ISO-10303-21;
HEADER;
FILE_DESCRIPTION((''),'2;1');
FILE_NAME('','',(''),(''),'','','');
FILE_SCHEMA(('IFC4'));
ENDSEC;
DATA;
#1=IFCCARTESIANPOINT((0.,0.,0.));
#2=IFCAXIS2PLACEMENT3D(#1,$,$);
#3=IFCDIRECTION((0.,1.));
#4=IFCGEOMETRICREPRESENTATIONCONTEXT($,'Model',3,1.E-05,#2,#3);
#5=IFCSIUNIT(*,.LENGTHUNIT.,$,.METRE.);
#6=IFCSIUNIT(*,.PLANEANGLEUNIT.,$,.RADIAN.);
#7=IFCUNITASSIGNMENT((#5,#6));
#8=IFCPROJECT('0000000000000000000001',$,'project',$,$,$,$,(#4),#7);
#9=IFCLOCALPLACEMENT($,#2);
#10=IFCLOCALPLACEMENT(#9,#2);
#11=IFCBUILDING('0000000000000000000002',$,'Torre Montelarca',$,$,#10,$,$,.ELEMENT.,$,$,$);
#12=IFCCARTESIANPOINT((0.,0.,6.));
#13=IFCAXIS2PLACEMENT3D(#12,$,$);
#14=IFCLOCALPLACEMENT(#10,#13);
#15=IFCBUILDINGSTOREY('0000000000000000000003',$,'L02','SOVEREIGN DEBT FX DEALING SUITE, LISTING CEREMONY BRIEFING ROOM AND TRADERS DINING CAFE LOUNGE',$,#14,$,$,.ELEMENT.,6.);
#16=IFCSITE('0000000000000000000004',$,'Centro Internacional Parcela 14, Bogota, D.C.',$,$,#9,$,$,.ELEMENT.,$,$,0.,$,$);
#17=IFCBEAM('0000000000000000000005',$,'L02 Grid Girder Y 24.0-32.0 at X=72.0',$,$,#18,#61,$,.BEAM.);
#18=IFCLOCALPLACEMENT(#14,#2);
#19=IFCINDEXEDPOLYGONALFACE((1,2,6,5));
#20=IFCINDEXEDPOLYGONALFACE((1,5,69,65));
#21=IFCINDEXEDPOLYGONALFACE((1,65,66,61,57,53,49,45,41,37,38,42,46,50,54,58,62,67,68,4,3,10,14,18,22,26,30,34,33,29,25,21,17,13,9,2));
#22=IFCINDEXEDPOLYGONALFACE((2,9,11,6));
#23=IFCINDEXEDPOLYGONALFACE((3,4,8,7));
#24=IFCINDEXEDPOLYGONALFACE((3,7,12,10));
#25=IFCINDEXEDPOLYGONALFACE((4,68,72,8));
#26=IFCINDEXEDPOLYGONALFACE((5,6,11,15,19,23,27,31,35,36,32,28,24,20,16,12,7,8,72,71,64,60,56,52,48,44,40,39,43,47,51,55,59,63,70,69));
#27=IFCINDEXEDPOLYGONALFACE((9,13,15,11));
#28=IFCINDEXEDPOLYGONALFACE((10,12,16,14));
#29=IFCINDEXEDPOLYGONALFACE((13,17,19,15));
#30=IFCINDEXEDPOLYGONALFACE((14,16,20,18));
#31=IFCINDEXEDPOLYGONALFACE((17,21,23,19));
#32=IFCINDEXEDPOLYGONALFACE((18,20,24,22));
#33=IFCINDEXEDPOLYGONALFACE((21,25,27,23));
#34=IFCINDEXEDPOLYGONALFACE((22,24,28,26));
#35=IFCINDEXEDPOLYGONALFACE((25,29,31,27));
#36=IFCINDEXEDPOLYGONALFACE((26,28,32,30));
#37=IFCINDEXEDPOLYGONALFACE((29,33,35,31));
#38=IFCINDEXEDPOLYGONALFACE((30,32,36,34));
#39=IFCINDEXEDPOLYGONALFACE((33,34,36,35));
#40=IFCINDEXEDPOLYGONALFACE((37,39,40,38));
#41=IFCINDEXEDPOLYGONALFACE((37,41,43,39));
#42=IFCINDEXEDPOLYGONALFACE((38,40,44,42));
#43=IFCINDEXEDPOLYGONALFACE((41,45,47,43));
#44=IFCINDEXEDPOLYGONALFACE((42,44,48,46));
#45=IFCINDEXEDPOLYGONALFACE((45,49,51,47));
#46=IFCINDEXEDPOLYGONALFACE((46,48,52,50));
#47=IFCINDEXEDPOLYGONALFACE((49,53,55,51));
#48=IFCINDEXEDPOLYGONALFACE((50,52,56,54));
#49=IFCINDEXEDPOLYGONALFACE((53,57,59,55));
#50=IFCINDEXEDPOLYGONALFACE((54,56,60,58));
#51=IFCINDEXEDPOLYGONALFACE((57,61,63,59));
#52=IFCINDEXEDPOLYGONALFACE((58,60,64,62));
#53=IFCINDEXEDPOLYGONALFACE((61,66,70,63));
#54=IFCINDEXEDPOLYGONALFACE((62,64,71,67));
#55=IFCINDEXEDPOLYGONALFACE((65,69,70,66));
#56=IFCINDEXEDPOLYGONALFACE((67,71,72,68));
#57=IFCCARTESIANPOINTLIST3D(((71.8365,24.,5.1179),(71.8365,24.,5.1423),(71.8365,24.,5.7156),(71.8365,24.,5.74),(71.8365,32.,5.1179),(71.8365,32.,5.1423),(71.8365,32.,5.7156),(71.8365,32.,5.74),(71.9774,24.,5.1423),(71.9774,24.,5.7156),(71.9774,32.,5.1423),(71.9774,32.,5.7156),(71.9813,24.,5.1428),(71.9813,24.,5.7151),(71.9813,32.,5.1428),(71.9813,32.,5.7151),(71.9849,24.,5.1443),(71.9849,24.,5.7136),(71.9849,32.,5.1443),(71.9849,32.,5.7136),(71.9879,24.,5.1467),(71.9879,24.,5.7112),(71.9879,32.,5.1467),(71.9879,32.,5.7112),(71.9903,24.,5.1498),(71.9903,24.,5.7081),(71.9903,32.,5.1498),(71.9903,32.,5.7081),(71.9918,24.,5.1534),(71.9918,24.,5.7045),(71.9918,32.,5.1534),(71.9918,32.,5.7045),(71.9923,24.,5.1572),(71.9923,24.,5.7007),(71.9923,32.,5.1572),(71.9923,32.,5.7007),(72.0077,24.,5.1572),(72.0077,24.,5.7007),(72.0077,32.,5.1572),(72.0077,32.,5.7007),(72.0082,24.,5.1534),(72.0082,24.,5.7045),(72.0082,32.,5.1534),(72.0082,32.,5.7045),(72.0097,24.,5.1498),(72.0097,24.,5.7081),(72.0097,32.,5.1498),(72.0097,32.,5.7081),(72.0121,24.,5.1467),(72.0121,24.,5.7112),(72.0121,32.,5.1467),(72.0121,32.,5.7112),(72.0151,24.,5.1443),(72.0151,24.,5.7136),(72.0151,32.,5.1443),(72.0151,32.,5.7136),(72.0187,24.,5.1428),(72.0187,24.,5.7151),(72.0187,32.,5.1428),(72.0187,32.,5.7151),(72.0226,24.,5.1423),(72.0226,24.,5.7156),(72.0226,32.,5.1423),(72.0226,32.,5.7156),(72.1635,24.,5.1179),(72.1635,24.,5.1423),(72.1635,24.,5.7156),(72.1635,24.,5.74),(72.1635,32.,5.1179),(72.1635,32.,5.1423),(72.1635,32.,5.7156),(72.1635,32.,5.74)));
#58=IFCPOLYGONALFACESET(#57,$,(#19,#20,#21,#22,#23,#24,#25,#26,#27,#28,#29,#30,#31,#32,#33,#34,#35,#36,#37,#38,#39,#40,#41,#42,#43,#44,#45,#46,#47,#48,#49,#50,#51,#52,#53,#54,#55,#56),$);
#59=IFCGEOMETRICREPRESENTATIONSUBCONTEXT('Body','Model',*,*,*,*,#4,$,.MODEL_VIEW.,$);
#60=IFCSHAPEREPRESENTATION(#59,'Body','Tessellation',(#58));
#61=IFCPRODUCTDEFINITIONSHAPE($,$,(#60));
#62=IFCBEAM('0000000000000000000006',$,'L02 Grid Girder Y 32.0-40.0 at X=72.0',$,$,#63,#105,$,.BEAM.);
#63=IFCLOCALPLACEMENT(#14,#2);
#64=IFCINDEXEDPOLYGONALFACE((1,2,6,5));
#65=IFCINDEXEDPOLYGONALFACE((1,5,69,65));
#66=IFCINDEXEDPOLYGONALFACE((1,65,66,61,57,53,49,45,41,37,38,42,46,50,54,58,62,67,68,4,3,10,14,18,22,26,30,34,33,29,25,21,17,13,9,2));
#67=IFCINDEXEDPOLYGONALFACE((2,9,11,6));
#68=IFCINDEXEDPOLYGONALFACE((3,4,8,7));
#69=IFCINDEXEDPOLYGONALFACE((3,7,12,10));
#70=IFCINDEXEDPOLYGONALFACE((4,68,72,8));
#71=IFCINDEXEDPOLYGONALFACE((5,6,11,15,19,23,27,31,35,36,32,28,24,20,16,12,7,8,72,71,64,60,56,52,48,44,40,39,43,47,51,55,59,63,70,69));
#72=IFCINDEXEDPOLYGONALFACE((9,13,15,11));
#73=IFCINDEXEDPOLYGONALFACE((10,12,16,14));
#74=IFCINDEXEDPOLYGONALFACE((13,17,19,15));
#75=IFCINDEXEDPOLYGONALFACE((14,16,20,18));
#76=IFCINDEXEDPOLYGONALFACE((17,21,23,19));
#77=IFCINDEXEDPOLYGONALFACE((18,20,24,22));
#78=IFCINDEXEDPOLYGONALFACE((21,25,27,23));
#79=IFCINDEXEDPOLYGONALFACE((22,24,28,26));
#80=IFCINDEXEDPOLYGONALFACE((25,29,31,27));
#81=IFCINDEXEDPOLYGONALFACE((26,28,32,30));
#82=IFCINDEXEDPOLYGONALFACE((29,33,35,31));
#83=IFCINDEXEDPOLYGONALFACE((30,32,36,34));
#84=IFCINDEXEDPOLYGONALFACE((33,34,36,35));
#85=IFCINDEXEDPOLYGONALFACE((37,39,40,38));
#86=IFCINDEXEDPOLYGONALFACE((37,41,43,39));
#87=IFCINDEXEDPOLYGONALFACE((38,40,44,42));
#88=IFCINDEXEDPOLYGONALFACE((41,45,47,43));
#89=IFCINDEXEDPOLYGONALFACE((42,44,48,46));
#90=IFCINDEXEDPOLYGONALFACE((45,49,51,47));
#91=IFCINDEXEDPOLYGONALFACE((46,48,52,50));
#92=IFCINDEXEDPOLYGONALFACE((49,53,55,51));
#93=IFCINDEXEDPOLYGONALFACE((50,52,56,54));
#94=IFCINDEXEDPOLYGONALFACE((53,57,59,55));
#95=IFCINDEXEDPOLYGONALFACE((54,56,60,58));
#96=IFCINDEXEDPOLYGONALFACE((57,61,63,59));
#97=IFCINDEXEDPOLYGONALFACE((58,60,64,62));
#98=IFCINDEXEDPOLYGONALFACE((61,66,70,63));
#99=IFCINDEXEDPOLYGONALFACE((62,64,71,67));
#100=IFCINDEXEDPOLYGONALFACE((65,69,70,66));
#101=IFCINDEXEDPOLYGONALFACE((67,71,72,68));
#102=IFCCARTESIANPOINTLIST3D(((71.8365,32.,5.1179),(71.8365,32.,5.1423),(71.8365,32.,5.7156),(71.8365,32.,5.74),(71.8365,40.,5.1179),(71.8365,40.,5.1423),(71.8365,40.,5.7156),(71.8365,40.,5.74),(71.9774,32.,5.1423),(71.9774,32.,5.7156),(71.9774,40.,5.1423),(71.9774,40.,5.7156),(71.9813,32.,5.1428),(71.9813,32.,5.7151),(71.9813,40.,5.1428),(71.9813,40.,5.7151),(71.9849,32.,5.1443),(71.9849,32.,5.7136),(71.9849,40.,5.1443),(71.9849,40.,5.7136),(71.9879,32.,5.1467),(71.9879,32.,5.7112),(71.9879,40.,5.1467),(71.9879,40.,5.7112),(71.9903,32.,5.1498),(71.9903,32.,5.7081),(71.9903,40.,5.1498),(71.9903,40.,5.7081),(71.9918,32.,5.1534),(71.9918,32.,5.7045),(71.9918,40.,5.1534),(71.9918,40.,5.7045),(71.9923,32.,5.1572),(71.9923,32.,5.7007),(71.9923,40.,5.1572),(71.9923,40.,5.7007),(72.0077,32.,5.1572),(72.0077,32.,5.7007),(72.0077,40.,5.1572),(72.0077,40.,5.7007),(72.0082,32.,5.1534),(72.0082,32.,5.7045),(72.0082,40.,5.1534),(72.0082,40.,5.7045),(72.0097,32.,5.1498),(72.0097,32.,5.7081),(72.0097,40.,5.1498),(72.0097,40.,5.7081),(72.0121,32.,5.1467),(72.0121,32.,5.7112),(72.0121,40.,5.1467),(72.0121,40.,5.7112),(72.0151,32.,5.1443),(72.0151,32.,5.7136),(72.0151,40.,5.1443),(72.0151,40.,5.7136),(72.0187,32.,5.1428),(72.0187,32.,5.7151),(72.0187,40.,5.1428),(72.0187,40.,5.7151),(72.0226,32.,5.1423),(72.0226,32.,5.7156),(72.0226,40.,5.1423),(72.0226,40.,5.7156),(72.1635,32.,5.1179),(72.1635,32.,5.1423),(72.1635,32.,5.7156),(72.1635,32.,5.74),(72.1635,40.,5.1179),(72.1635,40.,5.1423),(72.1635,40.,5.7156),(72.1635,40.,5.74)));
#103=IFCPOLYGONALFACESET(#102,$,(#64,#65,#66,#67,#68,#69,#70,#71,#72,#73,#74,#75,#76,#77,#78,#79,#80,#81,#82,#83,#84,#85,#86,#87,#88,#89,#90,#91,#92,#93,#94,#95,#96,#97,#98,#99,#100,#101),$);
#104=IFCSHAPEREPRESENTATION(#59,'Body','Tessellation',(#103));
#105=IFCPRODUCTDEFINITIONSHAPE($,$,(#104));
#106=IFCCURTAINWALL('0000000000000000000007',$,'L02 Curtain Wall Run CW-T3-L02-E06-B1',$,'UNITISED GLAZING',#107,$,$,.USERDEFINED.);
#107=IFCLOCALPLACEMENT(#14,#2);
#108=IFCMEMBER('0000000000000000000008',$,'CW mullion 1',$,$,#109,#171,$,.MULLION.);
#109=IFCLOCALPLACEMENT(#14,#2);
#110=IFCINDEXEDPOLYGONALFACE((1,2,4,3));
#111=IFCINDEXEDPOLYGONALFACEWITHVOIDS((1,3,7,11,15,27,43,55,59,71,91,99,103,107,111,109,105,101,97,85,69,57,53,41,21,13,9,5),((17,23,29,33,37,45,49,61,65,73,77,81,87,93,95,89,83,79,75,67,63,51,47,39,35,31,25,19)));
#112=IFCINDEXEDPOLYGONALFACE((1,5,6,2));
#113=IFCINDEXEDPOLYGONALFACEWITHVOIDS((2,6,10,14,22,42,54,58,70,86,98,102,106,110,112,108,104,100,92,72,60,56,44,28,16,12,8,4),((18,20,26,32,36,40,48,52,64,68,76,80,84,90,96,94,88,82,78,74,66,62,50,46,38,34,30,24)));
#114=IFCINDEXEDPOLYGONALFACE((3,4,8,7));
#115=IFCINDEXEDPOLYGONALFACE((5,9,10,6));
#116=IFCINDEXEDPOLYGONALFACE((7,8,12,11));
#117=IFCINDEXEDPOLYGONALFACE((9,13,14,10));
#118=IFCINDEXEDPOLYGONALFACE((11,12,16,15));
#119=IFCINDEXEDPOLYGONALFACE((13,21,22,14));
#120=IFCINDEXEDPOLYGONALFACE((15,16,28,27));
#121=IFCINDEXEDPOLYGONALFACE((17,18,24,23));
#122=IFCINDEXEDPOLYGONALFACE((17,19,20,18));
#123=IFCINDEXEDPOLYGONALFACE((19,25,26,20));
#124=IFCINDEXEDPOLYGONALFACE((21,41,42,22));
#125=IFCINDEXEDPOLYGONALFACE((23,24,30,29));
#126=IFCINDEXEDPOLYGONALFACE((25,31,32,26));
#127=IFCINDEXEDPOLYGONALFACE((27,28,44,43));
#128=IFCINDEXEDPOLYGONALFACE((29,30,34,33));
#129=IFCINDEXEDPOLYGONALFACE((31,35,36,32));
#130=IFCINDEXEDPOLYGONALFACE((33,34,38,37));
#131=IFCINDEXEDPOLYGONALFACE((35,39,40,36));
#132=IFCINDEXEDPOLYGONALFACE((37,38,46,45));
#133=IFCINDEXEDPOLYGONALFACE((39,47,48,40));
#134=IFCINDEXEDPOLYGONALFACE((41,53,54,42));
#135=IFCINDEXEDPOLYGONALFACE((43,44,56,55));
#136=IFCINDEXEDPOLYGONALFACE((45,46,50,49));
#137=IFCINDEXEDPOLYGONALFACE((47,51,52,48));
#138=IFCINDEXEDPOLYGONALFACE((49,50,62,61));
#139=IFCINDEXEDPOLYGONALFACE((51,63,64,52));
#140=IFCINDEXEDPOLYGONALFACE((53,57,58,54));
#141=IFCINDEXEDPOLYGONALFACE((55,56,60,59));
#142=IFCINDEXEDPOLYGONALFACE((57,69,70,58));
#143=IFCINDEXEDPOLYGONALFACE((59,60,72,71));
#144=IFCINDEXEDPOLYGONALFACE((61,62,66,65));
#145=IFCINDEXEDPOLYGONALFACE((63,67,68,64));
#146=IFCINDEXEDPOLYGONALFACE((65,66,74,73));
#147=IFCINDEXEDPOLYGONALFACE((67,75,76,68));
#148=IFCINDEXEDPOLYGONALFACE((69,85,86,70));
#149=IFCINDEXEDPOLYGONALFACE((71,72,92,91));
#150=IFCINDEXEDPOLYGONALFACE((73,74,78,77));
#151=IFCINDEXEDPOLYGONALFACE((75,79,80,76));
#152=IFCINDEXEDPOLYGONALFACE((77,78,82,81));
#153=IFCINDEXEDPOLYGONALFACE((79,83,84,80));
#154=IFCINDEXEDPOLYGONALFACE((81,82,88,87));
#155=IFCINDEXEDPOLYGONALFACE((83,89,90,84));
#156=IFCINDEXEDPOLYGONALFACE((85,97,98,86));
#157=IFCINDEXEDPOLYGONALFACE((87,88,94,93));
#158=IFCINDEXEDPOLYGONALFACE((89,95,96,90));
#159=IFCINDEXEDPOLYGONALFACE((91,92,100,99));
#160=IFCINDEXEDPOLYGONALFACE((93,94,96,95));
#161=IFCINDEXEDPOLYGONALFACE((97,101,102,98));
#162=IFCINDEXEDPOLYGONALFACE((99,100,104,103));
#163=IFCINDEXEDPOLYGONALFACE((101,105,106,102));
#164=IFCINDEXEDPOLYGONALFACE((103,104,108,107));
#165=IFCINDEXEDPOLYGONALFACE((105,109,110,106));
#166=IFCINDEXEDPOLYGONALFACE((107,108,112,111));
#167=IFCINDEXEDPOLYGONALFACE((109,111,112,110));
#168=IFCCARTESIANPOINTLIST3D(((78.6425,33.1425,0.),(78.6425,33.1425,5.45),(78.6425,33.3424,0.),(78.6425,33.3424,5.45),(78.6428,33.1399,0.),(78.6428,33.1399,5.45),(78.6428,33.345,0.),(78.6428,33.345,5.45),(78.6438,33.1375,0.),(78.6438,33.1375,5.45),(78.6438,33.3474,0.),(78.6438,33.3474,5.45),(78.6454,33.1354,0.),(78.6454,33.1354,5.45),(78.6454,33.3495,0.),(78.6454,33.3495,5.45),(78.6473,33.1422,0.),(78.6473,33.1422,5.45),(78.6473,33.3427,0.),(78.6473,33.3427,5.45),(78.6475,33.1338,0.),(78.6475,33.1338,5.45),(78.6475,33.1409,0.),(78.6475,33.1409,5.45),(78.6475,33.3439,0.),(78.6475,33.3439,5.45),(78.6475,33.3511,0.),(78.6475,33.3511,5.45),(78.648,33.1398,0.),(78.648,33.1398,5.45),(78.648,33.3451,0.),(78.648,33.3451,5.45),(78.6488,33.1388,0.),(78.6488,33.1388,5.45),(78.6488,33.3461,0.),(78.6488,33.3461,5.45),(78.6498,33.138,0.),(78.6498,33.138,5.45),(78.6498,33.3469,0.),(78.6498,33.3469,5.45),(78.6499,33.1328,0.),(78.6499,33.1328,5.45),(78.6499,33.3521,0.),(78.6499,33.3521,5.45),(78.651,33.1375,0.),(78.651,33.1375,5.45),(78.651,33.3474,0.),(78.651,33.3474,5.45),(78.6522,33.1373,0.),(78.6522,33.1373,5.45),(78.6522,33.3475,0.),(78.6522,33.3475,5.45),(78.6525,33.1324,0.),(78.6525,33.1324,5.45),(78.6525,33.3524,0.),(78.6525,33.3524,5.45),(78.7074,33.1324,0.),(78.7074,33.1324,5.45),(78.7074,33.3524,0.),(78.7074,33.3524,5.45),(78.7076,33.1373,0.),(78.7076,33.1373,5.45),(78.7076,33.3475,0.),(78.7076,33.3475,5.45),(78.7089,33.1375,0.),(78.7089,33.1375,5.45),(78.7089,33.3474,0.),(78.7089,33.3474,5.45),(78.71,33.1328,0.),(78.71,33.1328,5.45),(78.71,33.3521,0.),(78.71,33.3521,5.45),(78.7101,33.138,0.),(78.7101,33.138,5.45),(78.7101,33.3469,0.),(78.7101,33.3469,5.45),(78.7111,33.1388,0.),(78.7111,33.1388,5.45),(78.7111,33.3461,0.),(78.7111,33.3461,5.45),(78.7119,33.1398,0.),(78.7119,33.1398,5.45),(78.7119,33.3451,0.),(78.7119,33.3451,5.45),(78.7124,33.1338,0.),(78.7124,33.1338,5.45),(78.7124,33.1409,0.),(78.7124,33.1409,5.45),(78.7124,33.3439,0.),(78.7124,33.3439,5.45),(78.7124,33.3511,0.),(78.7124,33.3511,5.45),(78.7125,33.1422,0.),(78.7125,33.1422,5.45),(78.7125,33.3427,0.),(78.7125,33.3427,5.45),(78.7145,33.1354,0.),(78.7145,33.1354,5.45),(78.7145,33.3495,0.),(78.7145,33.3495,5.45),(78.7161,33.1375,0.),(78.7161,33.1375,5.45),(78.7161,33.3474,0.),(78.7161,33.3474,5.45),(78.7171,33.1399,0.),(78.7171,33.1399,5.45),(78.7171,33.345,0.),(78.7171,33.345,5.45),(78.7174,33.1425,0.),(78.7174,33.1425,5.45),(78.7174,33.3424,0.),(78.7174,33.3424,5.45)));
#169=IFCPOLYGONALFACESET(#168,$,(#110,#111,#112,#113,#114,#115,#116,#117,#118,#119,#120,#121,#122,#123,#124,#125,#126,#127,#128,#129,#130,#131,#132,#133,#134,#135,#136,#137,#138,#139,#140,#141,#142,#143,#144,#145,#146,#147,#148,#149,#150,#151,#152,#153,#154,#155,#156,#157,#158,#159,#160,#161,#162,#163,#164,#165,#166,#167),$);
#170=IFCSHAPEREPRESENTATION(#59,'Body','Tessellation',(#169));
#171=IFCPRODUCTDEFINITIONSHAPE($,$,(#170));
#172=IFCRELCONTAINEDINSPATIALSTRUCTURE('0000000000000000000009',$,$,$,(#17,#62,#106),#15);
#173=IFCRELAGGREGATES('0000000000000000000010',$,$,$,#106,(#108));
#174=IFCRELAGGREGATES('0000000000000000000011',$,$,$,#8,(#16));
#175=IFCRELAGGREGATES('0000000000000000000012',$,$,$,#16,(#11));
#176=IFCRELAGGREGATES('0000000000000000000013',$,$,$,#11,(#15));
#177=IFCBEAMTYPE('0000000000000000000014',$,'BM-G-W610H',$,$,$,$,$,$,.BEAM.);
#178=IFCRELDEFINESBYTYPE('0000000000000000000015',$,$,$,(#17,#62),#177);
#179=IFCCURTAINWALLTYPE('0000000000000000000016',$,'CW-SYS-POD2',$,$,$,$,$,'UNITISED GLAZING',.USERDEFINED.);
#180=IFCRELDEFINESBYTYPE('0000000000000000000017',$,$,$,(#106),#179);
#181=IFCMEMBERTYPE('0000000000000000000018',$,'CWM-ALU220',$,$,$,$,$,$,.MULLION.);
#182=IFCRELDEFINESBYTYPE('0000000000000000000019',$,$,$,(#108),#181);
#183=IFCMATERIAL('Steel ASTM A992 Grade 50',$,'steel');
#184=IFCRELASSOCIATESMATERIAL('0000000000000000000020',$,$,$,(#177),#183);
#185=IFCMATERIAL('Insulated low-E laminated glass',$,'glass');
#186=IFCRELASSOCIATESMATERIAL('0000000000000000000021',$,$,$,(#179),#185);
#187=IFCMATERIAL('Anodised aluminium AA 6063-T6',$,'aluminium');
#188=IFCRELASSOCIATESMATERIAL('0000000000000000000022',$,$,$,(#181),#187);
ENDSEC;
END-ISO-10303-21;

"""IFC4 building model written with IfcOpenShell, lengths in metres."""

from ifc_helpers import new_model, si_unit, direction, frame, origin, origin_2d, place, context, subcontext, project, spatial, hollow_rectangle, i_section, extrude, source, transform, mapped, material, material_profile, profile_set, type_object, element, aggregate, save


model = new_model("IFC4")

# Units and contexts
model_context = context("Model", 3, precision=1e-05, world=origin(), true_north=direction((0.0, 1.0)))
body_context = subcontext(model_context, "Body", "Model", "MODEL_VIEW")
ifc_project = project(units=[si_unit("LENGTHUNIT", "METRE"), si_unit("PLANEANGLEUNIT", "RADIAN")], contexts=[model_context])

# Site, building, storey
site_placement = place(None, origin())
site = spatial("IfcSite", under=ifc_project, at=site_placement, Name="Centro Internacional Parcela 14, Bogota, D.C.", CompositionType="ELEMENT", RefElevation=0.0)
building_placement = place(site_placement, origin())
building = spatial("IfcBuilding", under=site, at=building_placement, Name="Torre Montelarca", CompositionType="ELEMENT")
storey_placement = place(building_placement, frame((0.0, 0.0, 6.0)))
storey = spatial("IfcBuildingStorey", under=building, at=storey_placement, Name="L02", Description="SOVEREIGN DEBT FX DEALING SUITE, LISTING CEREMONY BRIEFING ROOM AND TRADERS DINING CAFE LOUNGE", CompositionType="ELEMENT", Elevation=6.0)

# Shared definitions
ifc_material_1 = material(Name="Steel ASTM A992 Grade 50", Category="steel")

# Beams
ifc_material_profile_1 = material_profile(ifc_material_1, i_section(OverallWidth=0.3269, OverallDepth=0.6221, WebThickness=0.0154, FlangeThickness=0.0244, FilletRadius=0.0149, at=origin_2d()), Name="W610X195", Category="steel")
ifc_profile_set_1 = profile_set([ifc_material_profile_1], Name="Steel ASTM A992 Grade 50")
beam_type_1 = type_object("IfcBeamType", Name="BM-G-W610H", PredefinedType="BEAM", material=ifc_profile_set_1)
shared_shape_1 = source(origin(), body_context, "Body", "SweptSolid", [
    extrude(i_section(OverallWidth=0.3269, OverallDepth=0.6221, WebThickness=0.0154, FlangeThickness=0.0244, FilletRadius=0.0149, at=origin_2d()), origin(), (0.0, 0.0, 1.0), 8.0),
])
for number, where, z_axis, x_axis, name in (
    (1, (72.0, 24.0, 5.429), (0.0, 1.0, 0.0), (-1.0, 0.0, 0.0), "L02 Grid Girder Y 24.0-32.0 at X=72.0"),
    (2, (72.0, 32.0, 5.429), (0.0, 1.0, 0.0), (-1.0, 0.0, 0.0), "L02 Grid Girder Y 32.0-40.0 at X=72.0"),
):
    element("IfcBeam", number, at=place(storey_placement, frame(where, z_axis=z_axis, x_axis=x_axis)), inside=storey, type_object=beam_type_1, Name=name, PredefinedType="BEAM", context=body_context, shape_type="MappedRepresentation", body=[
        mapped(shared_shape_1, transform((0.0, 0.0, 0.0), scale=1.0)),
    ])

# Curtain wall, member
ifc_material_2 = material(Name="Insulated low-E laminated glass", Category="glass")
curtain_wall_type = type_object("IfcCurtainWallType", Name="CW-SYS-POD2", ElementType="UNITISED GLAZING", PredefinedType="USERDEFINED", material=ifc_material_2)
curtain_wall_placement = place(storey_placement, origin())
curtain_wall = element("IfcCurtainWall", 3, at=curtain_wall_placement, inside=storey, type_object=curtain_wall_type, Name="L02 Curtain Wall Run CW-T3-L02-E06-B1", ObjectType="UNITISED GLAZING", PredefinedType="USERDEFINED")
ifc_material_3 = material(Name="Anodised aluminium AA 6063-T6", Category="aluminium")
ifc_material_profile_2 = material_profile(ifc_material_3, hollow_rectangle(XDim=0.075, YDim=0.22, WallThickness=0.0049, InnerFilletRadius=0.0049, OuterFilletRadius=0.01, at=origin_2d()), Name="ALU75X220X5", Category="aluminium")
ifc_profile_set_2 = profile_set([ifc_material_profile_2], Name="Anodised aluminium AA 6063-T6")
member_type_1 = type_object("IfcMemberType", Name="CWM-ALU220", PredefinedType="MULLION", material=ifc_profile_set_2)
shared_shape_2 = source(origin(), body_context, "Body", "SweptSolid", [
    extrude(hollow_rectangle(XDim=0.075, YDim=0.22, WallThickness=0.0049, InnerFilletRadius=0.0049, OuterFilletRadius=0.01, at=origin_2d()), origin(), (0.0, 0.0, 1.0), 5.45),
])
member_1_placement = place(storey_placement, frame((78.6799, 33.2424, 0.0), z_axis=(0.0, 0.0, 1.0), x_axis=(-1.0, 0.0, 0.0)))
member_1 = element("IfcMember", 4, at=member_1_placement, type_object=member_type_1, Name="CW mullion 1", PredefinedType="MULLION", context=body_context, shape_type="MappedRepresentation", body=[
    mapped(shared_shape_2, transform((0.0, 0.0, 0.0), scale=1.0)),
])
aggregate(curtain_wall, [member_1])

save(model, "model.ifc")
